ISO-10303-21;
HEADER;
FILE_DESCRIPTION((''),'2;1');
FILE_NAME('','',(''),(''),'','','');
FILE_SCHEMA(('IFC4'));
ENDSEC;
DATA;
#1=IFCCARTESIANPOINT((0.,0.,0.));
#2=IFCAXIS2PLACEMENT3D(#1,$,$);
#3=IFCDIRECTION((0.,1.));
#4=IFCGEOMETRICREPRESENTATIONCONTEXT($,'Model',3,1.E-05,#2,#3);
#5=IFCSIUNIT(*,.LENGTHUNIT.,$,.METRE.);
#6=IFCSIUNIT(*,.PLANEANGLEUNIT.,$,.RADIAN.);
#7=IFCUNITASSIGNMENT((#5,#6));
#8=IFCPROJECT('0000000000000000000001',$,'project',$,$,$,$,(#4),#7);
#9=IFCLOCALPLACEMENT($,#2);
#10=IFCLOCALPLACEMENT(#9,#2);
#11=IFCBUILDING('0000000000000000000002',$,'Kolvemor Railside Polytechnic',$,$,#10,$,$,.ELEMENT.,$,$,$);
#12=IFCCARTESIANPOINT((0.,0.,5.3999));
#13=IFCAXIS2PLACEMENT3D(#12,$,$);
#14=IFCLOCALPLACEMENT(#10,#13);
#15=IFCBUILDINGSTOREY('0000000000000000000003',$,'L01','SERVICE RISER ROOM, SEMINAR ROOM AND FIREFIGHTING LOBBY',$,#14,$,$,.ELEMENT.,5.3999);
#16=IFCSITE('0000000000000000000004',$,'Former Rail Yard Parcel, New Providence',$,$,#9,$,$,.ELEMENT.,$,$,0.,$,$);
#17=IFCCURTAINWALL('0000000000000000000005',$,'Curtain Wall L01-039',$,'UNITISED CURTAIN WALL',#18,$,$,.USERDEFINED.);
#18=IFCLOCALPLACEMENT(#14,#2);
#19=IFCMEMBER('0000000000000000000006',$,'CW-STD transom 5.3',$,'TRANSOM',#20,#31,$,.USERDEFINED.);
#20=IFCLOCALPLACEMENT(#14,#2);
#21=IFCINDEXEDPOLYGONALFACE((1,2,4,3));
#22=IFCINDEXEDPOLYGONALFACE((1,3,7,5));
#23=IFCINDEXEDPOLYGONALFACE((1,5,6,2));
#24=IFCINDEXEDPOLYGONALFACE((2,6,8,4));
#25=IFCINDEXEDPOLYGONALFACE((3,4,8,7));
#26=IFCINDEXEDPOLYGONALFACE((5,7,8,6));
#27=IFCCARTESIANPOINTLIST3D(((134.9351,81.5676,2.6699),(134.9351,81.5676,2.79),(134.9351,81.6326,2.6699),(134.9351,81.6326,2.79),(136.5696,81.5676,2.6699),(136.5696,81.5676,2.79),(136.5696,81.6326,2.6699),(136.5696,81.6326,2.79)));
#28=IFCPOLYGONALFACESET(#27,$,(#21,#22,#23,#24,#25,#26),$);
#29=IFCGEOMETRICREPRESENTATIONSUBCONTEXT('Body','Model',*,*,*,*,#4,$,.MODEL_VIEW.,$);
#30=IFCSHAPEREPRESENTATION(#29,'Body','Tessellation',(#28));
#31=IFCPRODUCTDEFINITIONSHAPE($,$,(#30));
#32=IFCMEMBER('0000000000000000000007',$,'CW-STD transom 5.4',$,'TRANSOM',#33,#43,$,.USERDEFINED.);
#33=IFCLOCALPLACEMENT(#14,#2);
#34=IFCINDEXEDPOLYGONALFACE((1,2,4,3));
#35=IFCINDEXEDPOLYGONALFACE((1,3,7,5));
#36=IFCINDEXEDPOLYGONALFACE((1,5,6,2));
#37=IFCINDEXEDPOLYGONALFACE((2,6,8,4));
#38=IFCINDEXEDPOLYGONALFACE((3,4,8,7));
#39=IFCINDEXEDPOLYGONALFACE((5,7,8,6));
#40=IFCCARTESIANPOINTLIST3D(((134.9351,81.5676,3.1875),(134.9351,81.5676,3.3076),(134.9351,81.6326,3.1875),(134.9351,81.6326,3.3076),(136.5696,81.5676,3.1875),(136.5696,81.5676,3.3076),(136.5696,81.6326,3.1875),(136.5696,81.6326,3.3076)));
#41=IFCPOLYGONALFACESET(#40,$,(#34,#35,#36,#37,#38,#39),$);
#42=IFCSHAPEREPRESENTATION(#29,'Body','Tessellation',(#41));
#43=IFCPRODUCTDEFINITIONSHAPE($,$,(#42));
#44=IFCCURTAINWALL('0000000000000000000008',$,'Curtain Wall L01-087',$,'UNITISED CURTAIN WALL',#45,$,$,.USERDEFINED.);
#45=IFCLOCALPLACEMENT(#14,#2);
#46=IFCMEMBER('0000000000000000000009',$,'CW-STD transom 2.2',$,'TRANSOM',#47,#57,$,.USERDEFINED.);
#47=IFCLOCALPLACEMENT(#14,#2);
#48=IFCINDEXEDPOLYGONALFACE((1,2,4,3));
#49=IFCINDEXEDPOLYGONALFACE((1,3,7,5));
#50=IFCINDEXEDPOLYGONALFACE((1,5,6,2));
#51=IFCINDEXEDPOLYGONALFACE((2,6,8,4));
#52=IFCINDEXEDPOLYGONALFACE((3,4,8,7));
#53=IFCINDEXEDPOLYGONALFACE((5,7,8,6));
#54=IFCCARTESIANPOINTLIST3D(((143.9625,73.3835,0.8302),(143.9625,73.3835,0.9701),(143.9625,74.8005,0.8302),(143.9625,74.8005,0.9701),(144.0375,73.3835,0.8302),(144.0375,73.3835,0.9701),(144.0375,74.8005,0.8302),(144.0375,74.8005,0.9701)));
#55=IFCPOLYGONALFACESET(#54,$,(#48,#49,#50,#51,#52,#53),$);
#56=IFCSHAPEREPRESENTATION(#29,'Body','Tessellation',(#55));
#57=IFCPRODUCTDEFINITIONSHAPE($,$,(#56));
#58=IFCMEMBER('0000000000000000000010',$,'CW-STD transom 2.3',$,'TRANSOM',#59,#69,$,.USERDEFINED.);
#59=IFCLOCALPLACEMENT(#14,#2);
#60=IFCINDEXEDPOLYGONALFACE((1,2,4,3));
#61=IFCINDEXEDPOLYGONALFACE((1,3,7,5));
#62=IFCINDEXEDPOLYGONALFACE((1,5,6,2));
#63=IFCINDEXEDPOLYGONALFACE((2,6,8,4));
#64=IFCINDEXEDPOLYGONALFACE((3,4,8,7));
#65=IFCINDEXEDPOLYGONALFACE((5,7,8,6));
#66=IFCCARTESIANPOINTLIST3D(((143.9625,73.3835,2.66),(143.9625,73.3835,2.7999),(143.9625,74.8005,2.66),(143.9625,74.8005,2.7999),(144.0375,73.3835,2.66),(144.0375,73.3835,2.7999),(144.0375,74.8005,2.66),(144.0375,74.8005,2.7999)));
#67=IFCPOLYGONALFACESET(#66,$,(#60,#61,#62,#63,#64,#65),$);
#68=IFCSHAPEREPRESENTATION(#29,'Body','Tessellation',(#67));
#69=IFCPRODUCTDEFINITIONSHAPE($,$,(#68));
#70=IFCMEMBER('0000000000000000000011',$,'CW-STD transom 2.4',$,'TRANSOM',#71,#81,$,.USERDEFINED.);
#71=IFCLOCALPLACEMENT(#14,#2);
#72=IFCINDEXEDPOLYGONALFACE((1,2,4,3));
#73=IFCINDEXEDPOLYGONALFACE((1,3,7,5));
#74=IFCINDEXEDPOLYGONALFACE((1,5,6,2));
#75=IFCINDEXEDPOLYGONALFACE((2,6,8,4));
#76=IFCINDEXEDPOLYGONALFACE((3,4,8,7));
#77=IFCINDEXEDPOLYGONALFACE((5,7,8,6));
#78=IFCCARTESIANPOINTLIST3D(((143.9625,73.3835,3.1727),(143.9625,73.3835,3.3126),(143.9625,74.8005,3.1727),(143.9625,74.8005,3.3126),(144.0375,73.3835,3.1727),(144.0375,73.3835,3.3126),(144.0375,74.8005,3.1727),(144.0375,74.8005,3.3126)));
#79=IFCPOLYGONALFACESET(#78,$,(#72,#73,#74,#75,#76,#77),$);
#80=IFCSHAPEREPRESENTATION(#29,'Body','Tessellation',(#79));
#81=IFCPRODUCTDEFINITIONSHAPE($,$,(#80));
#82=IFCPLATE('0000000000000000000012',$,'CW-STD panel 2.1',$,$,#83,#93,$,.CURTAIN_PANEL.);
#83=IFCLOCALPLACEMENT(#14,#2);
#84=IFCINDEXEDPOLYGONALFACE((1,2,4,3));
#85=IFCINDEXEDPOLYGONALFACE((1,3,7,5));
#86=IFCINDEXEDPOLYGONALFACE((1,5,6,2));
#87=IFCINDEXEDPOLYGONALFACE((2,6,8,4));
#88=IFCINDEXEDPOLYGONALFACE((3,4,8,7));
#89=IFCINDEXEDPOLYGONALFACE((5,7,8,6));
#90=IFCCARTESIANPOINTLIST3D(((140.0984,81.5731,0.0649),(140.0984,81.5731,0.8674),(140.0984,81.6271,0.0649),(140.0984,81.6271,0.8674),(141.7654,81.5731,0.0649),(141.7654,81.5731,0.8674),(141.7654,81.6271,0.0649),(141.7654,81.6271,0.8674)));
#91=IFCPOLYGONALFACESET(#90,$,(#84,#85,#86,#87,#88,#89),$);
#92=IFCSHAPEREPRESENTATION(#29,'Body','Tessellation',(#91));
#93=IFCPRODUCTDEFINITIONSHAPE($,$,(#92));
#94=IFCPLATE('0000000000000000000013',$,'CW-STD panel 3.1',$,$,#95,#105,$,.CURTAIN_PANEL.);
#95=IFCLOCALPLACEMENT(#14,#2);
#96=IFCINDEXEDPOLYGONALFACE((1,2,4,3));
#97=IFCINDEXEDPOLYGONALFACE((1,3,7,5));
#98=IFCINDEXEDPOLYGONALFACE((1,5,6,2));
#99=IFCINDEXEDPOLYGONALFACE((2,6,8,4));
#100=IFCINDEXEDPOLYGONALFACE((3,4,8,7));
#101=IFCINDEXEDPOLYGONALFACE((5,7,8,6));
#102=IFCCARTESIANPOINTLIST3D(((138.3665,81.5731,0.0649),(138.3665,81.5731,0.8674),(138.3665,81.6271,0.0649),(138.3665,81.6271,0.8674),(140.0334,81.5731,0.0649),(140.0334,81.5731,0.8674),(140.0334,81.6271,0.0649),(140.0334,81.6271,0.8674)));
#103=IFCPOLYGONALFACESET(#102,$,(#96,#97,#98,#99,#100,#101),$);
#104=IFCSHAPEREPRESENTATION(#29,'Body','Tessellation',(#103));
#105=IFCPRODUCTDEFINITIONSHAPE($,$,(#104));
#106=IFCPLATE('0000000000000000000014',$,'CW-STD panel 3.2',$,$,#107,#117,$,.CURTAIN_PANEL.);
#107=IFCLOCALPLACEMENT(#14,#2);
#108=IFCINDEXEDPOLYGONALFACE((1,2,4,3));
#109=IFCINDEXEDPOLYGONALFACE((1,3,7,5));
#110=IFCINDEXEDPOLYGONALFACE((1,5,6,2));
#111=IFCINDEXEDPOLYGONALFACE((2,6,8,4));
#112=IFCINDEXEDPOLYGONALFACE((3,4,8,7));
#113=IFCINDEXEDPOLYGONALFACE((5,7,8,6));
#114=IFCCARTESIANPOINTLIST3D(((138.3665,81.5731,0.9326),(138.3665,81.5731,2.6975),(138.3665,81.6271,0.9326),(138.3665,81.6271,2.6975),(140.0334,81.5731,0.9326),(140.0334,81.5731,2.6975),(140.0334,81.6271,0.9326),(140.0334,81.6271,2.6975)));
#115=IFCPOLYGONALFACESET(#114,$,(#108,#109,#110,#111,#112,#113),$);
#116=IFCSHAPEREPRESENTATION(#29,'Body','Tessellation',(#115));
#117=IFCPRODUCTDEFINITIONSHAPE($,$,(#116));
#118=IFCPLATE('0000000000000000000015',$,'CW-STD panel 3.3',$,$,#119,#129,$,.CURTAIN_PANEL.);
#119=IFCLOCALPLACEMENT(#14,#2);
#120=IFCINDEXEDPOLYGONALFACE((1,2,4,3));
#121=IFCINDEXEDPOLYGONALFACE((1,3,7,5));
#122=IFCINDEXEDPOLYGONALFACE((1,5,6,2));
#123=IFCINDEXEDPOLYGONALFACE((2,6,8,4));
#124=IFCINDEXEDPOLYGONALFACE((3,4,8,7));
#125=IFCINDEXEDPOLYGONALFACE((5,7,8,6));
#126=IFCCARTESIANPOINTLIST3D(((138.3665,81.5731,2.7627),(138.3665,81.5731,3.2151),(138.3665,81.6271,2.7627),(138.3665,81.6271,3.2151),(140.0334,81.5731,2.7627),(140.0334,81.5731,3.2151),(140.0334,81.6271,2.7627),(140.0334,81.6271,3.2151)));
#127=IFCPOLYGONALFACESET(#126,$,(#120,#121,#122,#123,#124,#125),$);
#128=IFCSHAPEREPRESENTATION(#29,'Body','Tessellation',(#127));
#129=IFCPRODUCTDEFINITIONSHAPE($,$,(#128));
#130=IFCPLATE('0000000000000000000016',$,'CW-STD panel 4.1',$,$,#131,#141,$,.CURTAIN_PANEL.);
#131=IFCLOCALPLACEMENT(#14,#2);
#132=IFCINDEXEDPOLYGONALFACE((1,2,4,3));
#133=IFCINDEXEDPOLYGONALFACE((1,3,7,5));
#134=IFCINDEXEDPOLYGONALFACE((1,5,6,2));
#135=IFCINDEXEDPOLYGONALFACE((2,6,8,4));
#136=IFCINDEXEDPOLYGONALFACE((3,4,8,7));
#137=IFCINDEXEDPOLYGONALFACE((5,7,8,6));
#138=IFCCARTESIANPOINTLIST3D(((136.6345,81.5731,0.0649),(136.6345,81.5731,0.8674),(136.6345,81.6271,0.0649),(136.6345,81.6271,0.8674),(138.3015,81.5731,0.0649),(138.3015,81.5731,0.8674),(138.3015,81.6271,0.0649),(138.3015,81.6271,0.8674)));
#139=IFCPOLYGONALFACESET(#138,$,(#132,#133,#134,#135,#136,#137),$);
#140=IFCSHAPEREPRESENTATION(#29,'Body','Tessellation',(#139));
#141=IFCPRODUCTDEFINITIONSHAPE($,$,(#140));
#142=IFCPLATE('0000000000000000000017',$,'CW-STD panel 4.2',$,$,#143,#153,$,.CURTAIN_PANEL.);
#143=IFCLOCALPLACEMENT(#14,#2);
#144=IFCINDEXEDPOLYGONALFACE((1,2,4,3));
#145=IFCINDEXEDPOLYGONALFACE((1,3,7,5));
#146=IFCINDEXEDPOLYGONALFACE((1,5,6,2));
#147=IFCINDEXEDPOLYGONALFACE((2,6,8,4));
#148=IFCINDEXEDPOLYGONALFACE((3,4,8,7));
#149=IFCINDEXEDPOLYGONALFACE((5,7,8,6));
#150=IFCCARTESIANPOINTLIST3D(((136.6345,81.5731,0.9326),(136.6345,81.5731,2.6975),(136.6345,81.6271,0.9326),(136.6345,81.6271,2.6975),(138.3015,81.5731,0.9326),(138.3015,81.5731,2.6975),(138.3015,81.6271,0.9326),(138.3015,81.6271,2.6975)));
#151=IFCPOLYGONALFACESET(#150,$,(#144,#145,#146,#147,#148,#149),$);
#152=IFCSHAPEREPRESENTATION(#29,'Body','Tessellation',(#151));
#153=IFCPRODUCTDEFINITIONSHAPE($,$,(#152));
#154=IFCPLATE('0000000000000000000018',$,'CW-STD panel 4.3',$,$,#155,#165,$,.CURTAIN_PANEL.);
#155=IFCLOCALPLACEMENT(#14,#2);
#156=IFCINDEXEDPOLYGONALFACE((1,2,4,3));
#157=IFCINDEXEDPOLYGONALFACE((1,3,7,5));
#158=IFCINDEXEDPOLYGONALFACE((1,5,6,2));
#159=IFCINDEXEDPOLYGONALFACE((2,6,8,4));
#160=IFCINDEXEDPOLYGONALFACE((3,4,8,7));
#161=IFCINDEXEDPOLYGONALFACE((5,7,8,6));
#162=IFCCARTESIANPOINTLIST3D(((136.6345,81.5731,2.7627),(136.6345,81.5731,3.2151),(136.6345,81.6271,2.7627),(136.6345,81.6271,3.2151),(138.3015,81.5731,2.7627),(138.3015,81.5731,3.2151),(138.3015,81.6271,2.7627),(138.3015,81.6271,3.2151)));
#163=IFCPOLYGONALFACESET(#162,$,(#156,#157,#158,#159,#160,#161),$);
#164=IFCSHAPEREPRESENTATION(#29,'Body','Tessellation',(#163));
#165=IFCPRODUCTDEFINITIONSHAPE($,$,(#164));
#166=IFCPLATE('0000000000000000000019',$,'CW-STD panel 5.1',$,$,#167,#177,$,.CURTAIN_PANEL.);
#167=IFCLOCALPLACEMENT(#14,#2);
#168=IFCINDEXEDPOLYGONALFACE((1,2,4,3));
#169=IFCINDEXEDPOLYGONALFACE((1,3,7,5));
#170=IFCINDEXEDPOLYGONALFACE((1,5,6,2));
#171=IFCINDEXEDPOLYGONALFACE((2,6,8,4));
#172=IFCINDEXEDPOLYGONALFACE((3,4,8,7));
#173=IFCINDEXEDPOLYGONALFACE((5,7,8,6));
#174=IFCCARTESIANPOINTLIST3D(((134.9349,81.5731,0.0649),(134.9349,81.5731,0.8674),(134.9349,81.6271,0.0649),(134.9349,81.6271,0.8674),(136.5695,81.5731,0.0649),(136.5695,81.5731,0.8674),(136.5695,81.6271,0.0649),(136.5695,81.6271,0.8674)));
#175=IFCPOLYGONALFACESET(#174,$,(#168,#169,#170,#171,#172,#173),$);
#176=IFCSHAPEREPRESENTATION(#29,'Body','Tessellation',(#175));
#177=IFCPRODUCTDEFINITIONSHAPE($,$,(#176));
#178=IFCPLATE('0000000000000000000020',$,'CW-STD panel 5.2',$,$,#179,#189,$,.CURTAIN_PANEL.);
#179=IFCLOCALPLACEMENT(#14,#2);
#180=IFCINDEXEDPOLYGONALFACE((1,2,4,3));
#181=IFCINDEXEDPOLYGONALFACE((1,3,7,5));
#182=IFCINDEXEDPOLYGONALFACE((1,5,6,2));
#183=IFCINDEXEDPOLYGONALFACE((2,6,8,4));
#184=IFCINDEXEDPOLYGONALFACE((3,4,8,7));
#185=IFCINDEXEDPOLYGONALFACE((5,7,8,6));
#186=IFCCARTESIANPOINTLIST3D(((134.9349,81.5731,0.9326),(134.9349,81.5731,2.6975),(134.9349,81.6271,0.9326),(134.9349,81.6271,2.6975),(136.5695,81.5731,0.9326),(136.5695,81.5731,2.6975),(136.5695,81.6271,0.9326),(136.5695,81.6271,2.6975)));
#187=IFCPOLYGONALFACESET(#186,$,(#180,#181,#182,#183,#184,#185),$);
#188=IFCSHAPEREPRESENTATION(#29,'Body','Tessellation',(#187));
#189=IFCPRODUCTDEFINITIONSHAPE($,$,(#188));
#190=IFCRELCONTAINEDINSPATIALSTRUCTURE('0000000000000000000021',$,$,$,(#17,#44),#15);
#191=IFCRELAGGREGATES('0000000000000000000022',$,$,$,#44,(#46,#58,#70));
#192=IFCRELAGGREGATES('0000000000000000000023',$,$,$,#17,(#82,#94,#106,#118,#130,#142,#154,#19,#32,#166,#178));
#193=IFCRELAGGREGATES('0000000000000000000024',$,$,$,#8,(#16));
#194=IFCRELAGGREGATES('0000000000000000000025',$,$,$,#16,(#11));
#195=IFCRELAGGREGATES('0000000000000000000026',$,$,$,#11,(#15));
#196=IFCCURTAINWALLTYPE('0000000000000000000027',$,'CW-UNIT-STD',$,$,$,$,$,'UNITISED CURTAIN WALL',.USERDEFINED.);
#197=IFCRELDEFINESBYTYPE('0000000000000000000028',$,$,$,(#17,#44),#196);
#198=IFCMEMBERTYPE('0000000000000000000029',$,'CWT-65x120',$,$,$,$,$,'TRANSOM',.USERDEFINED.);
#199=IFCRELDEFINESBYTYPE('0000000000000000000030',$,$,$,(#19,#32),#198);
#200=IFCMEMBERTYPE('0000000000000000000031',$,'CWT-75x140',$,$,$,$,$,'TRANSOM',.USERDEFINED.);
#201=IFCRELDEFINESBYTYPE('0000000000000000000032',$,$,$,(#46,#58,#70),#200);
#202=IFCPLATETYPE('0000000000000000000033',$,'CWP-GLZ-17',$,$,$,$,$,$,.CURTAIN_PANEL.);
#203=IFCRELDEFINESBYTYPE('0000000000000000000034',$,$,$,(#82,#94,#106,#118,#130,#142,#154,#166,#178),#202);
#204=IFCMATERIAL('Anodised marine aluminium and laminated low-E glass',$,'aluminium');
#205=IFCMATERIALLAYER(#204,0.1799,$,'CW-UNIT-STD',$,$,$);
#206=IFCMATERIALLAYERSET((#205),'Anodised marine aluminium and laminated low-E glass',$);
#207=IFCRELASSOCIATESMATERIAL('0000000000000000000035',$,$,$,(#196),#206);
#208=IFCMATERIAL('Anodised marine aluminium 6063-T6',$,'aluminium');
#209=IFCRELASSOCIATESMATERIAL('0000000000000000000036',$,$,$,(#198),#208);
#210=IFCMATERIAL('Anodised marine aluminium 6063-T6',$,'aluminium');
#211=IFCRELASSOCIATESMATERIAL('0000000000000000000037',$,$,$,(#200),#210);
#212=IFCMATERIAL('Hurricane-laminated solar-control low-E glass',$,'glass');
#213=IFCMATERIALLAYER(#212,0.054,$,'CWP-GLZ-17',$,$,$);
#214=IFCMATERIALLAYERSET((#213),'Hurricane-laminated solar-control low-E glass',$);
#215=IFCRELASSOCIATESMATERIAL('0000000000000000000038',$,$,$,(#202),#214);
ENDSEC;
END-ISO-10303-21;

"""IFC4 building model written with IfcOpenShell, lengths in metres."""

from ifc_helpers import new_model, si_unit, direction, frame, origin, origin_2d, place, context, subcontext, project, spatial, rectangle, extrude, material, layer, layer_set, material_profile, profile_set, type_object, element, aggregate, save


model = new_model("IFC4")

# Units and contexts
model_context = context("Model", 3, precision=1e-05, world=origin(), true_north=direction((0.0, 1.0)))
body_context = subcontext(model_context, "Body", "Model", "MODEL_VIEW")
ifc_project = project(units=[si_unit("LENGTHUNIT", "METRE"), si_unit("PLANEANGLEUNIT", "RADIAN")], contexts=[model_context])

# Site, building, storey
site_placement = place(None, origin())
site = spatial("IfcSite", under=ifc_project, at=site_placement, Name="Former Rail Yard Parcel, New Providence", CompositionType="ELEMENT", RefElevation=0.0)
building_placement = place(site_placement, origin())
building = spatial("IfcBuilding", under=site, at=building_placement, Name="Kolvemor Railside Polytechnic", CompositionType="ELEMENT")
storey_placement = place(building_placement, frame((0.0, 0.0, 5.3999)))
storey = spatial("IfcBuildingStorey", under=building, at=storey_placement, Name="L01", Description="SERVICE RISER ROOM, SEMINAR ROOM AND FIREFIGHTING LOBBY", CompositionType="ELEMENT", Elevation=5.3999)

# Curtain walls, members
ifc_material_1 = material(Name="Anodised marine aluminium and laminated low-E glass", Category="aluminium")
ifc_layer_1 = layer(ifc_material_1, 0.1799, Name="CW-UNIT-STD")
ifc_layer_set_1 = layer_set([ifc_layer_1], Name="Anodised marine aluminium and laminated low-E glass")
curtain_wall_type = type_object("IfcCurtainWallType", Name="CW-UNIT-STD", ElementType="UNITISED CURTAIN WALL", PredefinedType="USERDEFINED", material=ifc_layer_set_1)
curtain_wall_1_placement = place(storey_placement, origin())
curtain_wall_1 = element("IfcCurtainWall", 1, at=curtain_wall_1_placement, inside=storey, type_object=curtain_wall_type, Name="Curtain Wall L01-039", ObjectType="UNITISED CURTAIN WALL", PredefinedType="USERDEFINED")
ifc_material_2 = material(Name="Anodised marine aluminium 6063-T6", Category="aluminium")
ifc_material_profile_1 = material_profile(ifc_material_2, rectangle(XDim=0.0649, YDim=0.1201, at=origin_2d()), Name="CW-TRN-65x120")
ifc_profile_set_1 = profile_set([ifc_material_profile_1], Name="Anodised marine aluminium 6063-T6")
member_type_1 = type_object("IfcMemberType", Name="CWT-65x120", ElementType="TRANSOM", PredefinedType="USERDEFINED", material=ifc_profile_set_1)
member_1_placement = place(storey_placement, frame((136.5696, 81.6001, 2.73), z_axis=(-1.0, 0.0, 0.0), x_axis=(0.0, -1.0, 0.0)))
member_1 = element("IfcMember", 2, at=member_1_placement, type_object=member_type_1, Name="CW-STD transom 5.3", ObjectType="TRANSOM", PredefinedType="USERDEFINED", context=body_context, shape_type="SweptSolid", body=[
    extrude(rectangle(XDim=0.0649, YDim=0.1201, at=origin_2d()), origin(), (0.0, 0.0, 1.0), 1.6345),
])
member_2_placement = place(storey_placement, frame((136.5696, 81.6001, 3.2476), z_axis=(-1.0, 0.0, 0.0), x_axis=(0.0, -1.0, 0.0)))
member_2 = element("IfcMember", 3, at=member_2_placement, type_object=member_type_1, Name="CW-STD transom 5.4", ObjectType="TRANSOM", PredefinedType="USERDEFINED", context=body_context, shape_type="SweptSolid", body=[
    extrude(rectangle(XDim=0.0649, YDim=0.1201, at=origin_2d()), origin(), (0.0, 0.0, 1.0), 1.6345),
])
curtain_wall_2_placement = place(storey_placement, origin())
curtain_wall_2 = element("IfcCurtainWall", 4, at=curtain_wall_2_placement, inside=storey, type_object=curtain_wall_type, Name="Curtain Wall L01-087", ObjectType="UNITISED CURTAIN WALL", PredefinedType="USERDEFINED")
ifc_material_3 = material(Name="Anodised marine aluminium 6063-T6", Category="aluminium")
ifc_material_profile_2 = material_profile(ifc_material_3, rectangle(XDim=0.075, YDim=0.1399, at=origin_2d()), Name="CW-TRN-75x140")
ifc_profile_set_2 = profile_set([ifc_material_profile_2], Name="Anodised marine aluminium 6063-T6")
member_type_2 = type_object("IfcMemberType", Name="CWT-75x140", ElementType="TRANSOM", PredefinedType="USERDEFINED", material=ifc_profile_set_2)
member_3_placement = place(storey_placement, frame((144.0, 74.8005, 0.9001), z_axis=(0.0, -1.0, 0.0), x_axis=(1.0, 0.0, 0.0)))
member_3 = element("IfcMember", 5, at=member_3_placement, type_object=member_type_2, Name="CW-STD transom 2.2", ObjectType="TRANSOM", PredefinedType="USERDEFINED", context=body_context, shape_type="SweptSolid", body=[
    extrude(rectangle(XDim=0.075, YDim=0.1399, at=origin_2d()), origin(), (0.0, 0.0, 1.0), 1.417),
])
member_4_placement = place(storey_placement, frame((144.0, 74.8005, 2.73), z_axis=(0.0, -1.0, 0.0), x_axis=(1.0, 0.0, 0.0)))
member_4 = element("IfcMember", 6, at=member_4_placement, type_object=member_type_2, Name="CW-STD transom 2.3", ObjectType="TRANSOM", PredefinedType="USERDEFINED", context=body_context, shape_type="SweptSolid", body=[
    extrude(rectangle(XDim=0.075, YDim=0.1399, at=origin_2d()), origin(), (0.0, 0.0, 1.0), 1.417),
])
member_5_placement = place(storey_placement, frame((144.0, 74.8005, 3.2427), z_axis=(0.0, -1.0, 0.0), x_axis=(1.0, 0.0, 0.0)))
member_5 = element("IfcMember", 7, at=member_5_placement, type_object=member_type_2, Name="CW-STD transom 2.4", ObjectType="TRANSOM", PredefinedType="USERDEFINED", context=body_context, shape_type="SweptSolid", body=[
    extrude(rectangle(XDim=0.075, YDim=0.1399, at=origin_2d()), origin(), (0.0, 0.0, 1.0), 1.417),
])
aggregate(curtain_wall_2, [member_3, member_4, member_5])

# Plates
ifc_material_4 = material(Name="Hurricane-laminated solar-control low-E glass", Category="glass")
ifc_layer_2 = layer(ifc_material_4, 0.054, Name="CWP-GLZ-17")
ifc_layer_set_2 = layer_set([ifc_layer_2], Name="Hurricane-laminated solar-control low-E glass")
plate_type = type_object("IfcPlateType", Name="CWP-GLZ-17", PredefinedType="CURTAIN_PANEL", material=ifc_layer_set_2)
plate_1_placement = place(storey_placement, frame((140.9319, 81.6001, 0.0649), z_axis=(0.0, 0.0, 1.0), x_axis=(-1.0, 0.0, 0.0)))
plate_1 = element("IfcPlate", 8, at=plate_1_placement, type_object=plate_type, Name="CW-STD panel 2.1", PredefinedType="CURTAIN_PANEL", context=body_context, shape_type="SweptSolid", body=[
    extrude(rectangle(XDim=1.667, YDim=0.054, at=origin_2d()), origin(), (0.0, 0.0, 1.0), 0.8025),
])
plate_2_placement = place(storey_placement, frame((139.2, 81.6001, 0.0649), z_axis=(0.0, 0.0, 1.0), x_axis=(-1.0, 0.0, 0.0)))
plate_2 = element("IfcPlate", 9, at=plate_2_placement, type_object=plate_type, Name="CW-STD panel 3.1", PredefinedType="CURTAIN_PANEL", context=body_context, shape_type="SweptSolid", body=[
    extrude(rectangle(XDim=1.667, YDim=0.054, at=origin_2d()), origin(), (0.0, 0.0, 1.0), 0.8025),
])
plate_3_placement = place(storey_placement, frame((139.2, 81.6001, 0.9326), z_axis=(0.0, 0.0, 1.0), x_axis=(-1.0, 0.0, 0.0)))
plate_3 = element("IfcPlate", 10, at=plate_3_placement, type_object=plate_type, Name="CW-STD panel 3.2", PredefinedType="CURTAIN_PANEL", context=body_context, shape_type="SweptSolid", body=[
    extrude(rectangle(XDim=1.667, YDim=0.054, at=origin_2d()), origin(), (0.0, 0.0, 1.0), 1.7649),
])
plate_4_placement = place(storey_placement, frame((139.2, 81.6001, 2.7627), z_axis=(0.0, 0.0, 1.0), x_axis=(-1.0, 0.0, 0.0)))
plate_4 = element("IfcPlate", 11, at=plate_4_placement, type_object=plate_type, Name="CW-STD panel 3.3", PredefinedType="CURTAIN_PANEL", context=body_context, shape_type="SweptSolid", body=[
    extrude(rectangle(XDim=1.667, YDim=0.054, at=origin_2d()), origin(), (0.0, 0.0, 1.0), 0.4524),
])
plate_5_placement = place(storey_placement, frame((137.468, 81.6001, 0.0649), z_axis=(0.0, 0.0, 1.0), x_axis=(-1.0, 0.0, 0.0)))
plate_5 = element("IfcPlate", 12, at=plate_5_placement, type_object=plate_type, Name="CW-STD panel 4.1", PredefinedType="CURTAIN_PANEL", context=body_context, shape_type="SweptSolid", body=[
    extrude(rectangle(XDim=1.667, YDim=0.054, at=origin_2d()), origin(), (0.0, 0.0, 1.0), 0.8025),
])
plate_6_placement = place(storey_placement, frame((137.468, 81.6001, 0.9326), z_axis=(0.0, 0.0, 1.0), x_axis=(-1.0, 0.0, 0.0)))
plate_6 = element("IfcPlate", 13, at=plate_6_placement, type_object=plate_type, Name="CW-STD panel 4.2", PredefinedType="CURTAIN_PANEL", context=body_context, shape_type="SweptSolid", body=[
    extrude(rectangle(XDim=1.667, YDim=0.054, at=origin_2d()), origin(), (0.0, 0.0, 1.0), 1.7649),
])
plate_7_placement = place(storey_placement, frame((137.468, 81.6001, 2.7627), z_axis=(0.0, 0.0, 1.0), x_axis=(-1.0, 0.0, 0.0)))
plate_7 = element("IfcPlate", 14, at=plate_7_placement, type_object=plate_type, Name="CW-STD panel 4.3", PredefinedType="CURTAIN_PANEL", context=body_context, shape_type="SweptSolid", body=[
    extrude(rectangle(XDim=1.667, YDim=0.054, at=origin_2d()), origin(), (0.0, 0.0, 1.0), 0.4524),
])
plate_8_placement = place(storey_placement, frame((135.7522, 81.6001, 0.0649), z_axis=(0.0, 0.0, 1.0), x_axis=(-1.0, 0.0, 0.0)))
plate_8 = element("IfcPlate", 15, at=plate_8_placement, type_object=plate_type, Name="CW-STD panel 5.1", PredefinedType="CURTAIN_PANEL", context=body_context, shape_type="SweptSolid", body=[
    extrude(rectangle(XDim=1.6345, YDim=0.054, at=origin_2d()), origin(), (0.0, 0.0, 1.0), 0.8025),
])
plate_9_placement = place(storey_placement, frame((135.7522, 81.6001, 0.9326), z_axis=(0.0, 0.0, 1.0), x_axis=(-1.0, 0.0, 0.0)))
plate_9 = element("IfcPlate", 16, at=plate_9_placement, type_object=plate_type, Name="CW-STD panel 5.2", PredefinedType="CURTAIN_PANEL", context=body_context, shape_type="SweptSolid", body=[
    extrude(rectangle(XDim=1.6345, YDim=0.054, at=origin_2d()), origin(), (0.0, 0.0, 1.0), 1.7649),
])
aggregate(curtain_wall_1, [plate_1, plate_2, plate_3, plate_4, plate_5, plate_6, plate_7, member_1, member_2, plate_8, plate_9])

save(model, "model.ifc")
